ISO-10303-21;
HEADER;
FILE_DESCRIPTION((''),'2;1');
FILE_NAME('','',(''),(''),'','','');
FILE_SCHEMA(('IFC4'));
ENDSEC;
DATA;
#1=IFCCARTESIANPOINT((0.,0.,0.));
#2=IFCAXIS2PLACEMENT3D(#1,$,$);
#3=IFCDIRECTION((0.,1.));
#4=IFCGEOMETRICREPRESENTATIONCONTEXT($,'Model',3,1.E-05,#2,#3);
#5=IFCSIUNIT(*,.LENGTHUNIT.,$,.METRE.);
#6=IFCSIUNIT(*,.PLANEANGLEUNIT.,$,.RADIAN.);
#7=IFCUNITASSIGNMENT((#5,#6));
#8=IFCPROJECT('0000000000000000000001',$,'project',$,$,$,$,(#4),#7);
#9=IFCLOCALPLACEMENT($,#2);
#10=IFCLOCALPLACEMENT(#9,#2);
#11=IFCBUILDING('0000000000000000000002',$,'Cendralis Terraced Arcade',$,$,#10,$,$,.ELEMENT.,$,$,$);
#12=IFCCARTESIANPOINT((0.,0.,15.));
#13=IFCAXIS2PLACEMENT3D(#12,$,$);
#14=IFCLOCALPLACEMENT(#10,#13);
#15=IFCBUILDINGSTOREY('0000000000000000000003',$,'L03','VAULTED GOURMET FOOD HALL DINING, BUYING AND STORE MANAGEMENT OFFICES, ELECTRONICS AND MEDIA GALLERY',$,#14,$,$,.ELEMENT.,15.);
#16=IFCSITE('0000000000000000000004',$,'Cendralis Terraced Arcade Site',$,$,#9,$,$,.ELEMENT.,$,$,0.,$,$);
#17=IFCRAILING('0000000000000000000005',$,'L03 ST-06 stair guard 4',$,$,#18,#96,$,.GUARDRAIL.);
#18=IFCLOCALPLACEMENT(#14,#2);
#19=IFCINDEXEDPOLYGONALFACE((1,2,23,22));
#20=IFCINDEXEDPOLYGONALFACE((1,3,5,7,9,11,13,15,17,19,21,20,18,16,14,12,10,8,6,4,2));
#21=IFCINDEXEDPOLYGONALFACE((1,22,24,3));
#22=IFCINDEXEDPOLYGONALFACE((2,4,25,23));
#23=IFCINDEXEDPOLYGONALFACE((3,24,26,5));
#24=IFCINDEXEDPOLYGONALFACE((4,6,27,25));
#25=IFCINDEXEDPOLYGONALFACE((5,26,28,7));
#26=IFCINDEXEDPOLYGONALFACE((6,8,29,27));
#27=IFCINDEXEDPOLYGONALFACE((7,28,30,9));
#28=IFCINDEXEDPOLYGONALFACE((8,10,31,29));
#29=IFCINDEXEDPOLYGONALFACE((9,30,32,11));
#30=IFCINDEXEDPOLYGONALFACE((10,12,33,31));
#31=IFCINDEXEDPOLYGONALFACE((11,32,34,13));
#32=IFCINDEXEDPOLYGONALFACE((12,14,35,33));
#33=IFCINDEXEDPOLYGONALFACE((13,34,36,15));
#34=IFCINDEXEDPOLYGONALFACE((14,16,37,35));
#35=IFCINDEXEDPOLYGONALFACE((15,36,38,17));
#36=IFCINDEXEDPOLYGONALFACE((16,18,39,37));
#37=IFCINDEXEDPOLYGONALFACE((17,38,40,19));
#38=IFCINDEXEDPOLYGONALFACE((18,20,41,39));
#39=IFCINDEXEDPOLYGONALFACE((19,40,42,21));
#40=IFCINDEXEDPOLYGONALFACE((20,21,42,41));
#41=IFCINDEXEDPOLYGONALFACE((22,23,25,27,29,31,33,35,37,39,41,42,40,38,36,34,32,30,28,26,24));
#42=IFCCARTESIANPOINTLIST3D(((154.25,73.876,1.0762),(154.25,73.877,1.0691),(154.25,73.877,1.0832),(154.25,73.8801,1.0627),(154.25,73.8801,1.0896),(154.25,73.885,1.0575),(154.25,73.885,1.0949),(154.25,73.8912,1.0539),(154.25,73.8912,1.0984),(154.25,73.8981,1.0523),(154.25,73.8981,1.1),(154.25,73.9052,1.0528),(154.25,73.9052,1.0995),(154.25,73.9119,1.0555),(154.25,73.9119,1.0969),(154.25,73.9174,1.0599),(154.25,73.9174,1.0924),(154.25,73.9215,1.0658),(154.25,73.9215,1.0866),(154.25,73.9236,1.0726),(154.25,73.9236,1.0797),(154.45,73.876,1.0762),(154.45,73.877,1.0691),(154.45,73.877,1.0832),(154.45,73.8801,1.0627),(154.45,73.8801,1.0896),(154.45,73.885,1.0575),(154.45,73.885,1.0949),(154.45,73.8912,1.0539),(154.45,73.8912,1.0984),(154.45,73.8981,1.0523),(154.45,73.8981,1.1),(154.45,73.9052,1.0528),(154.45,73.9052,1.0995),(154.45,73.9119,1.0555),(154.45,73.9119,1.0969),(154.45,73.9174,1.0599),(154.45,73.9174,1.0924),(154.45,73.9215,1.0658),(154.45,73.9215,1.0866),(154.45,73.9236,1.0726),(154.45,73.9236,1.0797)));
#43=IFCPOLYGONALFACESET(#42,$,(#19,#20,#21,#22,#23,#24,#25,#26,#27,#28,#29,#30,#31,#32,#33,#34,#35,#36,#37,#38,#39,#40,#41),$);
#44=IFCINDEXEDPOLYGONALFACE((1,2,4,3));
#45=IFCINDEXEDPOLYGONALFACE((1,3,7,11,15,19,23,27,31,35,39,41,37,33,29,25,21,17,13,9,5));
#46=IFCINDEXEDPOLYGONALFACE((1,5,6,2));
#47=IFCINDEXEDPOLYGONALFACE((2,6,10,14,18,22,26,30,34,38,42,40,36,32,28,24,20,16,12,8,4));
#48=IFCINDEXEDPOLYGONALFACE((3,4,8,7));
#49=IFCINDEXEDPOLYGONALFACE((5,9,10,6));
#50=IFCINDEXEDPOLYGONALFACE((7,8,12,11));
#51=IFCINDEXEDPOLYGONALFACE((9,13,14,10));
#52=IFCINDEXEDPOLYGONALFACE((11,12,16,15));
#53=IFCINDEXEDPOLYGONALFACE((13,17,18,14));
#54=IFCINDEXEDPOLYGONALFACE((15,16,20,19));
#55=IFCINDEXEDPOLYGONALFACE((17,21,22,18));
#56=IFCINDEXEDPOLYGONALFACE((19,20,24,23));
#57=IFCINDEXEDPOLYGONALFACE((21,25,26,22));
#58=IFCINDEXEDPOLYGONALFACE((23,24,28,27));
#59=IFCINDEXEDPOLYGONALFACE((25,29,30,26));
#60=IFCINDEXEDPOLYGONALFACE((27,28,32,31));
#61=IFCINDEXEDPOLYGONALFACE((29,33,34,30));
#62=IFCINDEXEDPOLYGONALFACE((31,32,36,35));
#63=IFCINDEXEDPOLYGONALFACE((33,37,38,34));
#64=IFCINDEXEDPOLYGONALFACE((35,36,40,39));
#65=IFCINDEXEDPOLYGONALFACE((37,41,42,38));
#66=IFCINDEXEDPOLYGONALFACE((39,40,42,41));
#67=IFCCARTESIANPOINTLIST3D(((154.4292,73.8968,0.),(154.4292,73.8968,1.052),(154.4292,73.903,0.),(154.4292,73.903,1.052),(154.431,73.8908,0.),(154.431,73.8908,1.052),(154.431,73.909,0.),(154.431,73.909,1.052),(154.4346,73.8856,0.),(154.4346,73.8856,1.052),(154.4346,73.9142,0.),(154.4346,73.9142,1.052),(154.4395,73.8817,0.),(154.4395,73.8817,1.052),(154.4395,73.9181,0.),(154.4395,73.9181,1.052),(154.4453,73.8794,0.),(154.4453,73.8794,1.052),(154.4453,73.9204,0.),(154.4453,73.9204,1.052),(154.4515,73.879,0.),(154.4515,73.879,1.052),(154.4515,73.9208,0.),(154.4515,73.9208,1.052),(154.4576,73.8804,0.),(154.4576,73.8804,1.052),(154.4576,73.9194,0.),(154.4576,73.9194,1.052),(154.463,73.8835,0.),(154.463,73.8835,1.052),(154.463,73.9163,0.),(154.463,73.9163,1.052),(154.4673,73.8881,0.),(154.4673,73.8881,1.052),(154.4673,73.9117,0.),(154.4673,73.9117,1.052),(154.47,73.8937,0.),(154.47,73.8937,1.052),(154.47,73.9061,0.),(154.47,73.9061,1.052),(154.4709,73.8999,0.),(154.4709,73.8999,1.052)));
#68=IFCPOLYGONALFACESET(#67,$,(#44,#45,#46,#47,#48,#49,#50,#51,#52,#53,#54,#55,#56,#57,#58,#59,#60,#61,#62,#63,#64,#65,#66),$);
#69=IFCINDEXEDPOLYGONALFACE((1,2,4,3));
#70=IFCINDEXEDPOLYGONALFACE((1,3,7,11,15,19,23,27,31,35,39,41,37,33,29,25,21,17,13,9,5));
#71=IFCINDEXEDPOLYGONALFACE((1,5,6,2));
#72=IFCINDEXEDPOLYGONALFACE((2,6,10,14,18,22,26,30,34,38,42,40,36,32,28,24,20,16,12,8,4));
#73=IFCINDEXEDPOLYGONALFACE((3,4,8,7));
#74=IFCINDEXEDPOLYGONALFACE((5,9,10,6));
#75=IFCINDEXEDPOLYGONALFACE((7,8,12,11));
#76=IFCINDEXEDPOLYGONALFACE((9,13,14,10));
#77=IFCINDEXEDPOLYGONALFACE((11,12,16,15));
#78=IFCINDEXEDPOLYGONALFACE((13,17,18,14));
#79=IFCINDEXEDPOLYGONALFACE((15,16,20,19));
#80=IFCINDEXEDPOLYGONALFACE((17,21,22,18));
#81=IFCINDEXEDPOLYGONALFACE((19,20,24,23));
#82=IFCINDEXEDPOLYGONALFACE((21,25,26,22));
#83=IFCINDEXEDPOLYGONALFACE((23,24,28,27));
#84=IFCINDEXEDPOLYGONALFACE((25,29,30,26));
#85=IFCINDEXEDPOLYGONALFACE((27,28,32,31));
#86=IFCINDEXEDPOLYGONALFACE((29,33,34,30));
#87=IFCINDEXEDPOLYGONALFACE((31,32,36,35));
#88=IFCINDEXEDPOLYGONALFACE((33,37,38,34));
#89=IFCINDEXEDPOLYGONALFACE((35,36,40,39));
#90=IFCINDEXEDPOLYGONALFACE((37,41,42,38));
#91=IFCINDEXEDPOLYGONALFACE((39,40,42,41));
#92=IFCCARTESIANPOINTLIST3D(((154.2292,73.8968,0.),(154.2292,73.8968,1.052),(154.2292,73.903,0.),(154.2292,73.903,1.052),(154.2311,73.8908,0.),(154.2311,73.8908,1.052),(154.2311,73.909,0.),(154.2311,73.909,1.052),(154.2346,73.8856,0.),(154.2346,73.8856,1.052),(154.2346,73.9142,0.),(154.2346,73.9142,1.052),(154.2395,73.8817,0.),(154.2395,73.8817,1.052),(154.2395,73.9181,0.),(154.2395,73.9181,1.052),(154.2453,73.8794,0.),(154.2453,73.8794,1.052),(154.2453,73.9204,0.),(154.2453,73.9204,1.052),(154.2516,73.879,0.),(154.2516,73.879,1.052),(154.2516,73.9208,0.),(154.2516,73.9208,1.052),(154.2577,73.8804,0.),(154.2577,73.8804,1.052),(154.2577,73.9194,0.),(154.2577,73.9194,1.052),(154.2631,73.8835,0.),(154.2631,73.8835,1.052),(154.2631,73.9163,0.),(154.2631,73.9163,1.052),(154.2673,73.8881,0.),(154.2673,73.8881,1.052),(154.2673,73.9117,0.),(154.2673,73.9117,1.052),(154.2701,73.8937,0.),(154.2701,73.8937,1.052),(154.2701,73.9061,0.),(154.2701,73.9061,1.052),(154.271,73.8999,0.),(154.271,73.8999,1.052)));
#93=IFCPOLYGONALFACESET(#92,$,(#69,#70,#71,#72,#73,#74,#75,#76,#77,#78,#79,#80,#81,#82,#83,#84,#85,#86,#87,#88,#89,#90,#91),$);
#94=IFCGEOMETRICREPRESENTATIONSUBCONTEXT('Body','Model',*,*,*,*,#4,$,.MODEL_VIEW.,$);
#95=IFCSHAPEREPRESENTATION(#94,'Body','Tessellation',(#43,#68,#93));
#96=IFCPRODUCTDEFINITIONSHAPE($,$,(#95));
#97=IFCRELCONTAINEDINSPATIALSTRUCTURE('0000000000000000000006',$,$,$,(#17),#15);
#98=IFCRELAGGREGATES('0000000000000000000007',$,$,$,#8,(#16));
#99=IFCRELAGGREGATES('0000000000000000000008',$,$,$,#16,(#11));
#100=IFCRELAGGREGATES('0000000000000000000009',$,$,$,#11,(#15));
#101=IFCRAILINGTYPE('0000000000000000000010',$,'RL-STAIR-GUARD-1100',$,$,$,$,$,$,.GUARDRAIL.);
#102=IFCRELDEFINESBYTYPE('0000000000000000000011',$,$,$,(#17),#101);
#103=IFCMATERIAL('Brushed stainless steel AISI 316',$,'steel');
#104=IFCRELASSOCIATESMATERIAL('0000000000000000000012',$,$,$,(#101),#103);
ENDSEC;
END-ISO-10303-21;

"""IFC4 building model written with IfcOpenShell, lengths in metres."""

from ifc_helpers import new_model, si_unit, direction, frame, origin, origin_2d, place, context, subcontext, project, spatial, circle, extrude, material, type_object, element, save


model = new_model("IFC4")

# Units and contexts
model_context = context("Model", 3, precision=1e-05, world=origin(), true_north=direction((0.0, 1.0)))
body_context = subcontext(model_context, "Body", "Model", "MODEL_VIEW")
ifc_project = project(units=[si_unit("LENGTHUNIT", "METRE"), si_unit("PLANEANGLEUNIT", "RADIAN")], contexts=[model_context])

# Site, building, storey
site_placement = place(None, origin())
site = spatial("IfcSite", under=ifc_project, at=site_placement, Name="Cendralis Terraced Arcade Site", CompositionType="ELEMENT", RefElevation=0.0)
building_placement = place(site_placement, origin())
building = spatial("IfcBuilding", under=site, at=building_placement, Name="Cendralis Terraced Arcade", CompositionType="ELEMENT")
storey_placement = place(building_placement, frame((0.0, 0.0, 15.0)))
storey = spatial("IfcBuildingStorey", under=building, at=storey_placement, Name="L03", Description="VAULTED GOURMET FOOD HALL DINING, BUYING AND STORE MANAGEMENT OFFICES, ELECTRONICS AND MEDIA GALLERY", CompositionType="ELEMENT", Elevation=15.0)

# Railing
ifc_material_1 = material(Name="Brushed stainless steel AISI 316", Category="steel")
railing_type_1 = type_object("IfcRailingType", Name="RL-STAIR-GUARD-1100", PredefinedType="GUARDRAIL", material=ifc_material_1)
railing_1_placement = place(storey_placement, frame((154.45, 73.8999, 0.0)))
element("IfcRailing", 1, at=railing_1_placement, inside=storey, type_object=railing_type_1, Name="L03 ST-06 stair guard 4", PredefinedType="GUARDRAIL", context=body_context, shape_type="SweptSolid", body=[
    extrude(circle(Radius=0.0239, at=origin_2d()), frame((0.0, 0.0, 1.0762), z_axis=(-1.0, 0.0, 0.0), x_axis=(0.0, -1.0, 0.0)), (0.0, 0.0, 1.0), 0.2),
    extrude(circle(Radius=0.021, at=origin_2d()), origin(), (0.0, 0.0, 1.0), 1.052),
    extrude(circle(Radius=0.021, at=origin_2d()), frame((-0.2, 0.0, 0.0)), (0.0, 0.0, 1.0), 1.052),
])

save(model, "model.ifc")
